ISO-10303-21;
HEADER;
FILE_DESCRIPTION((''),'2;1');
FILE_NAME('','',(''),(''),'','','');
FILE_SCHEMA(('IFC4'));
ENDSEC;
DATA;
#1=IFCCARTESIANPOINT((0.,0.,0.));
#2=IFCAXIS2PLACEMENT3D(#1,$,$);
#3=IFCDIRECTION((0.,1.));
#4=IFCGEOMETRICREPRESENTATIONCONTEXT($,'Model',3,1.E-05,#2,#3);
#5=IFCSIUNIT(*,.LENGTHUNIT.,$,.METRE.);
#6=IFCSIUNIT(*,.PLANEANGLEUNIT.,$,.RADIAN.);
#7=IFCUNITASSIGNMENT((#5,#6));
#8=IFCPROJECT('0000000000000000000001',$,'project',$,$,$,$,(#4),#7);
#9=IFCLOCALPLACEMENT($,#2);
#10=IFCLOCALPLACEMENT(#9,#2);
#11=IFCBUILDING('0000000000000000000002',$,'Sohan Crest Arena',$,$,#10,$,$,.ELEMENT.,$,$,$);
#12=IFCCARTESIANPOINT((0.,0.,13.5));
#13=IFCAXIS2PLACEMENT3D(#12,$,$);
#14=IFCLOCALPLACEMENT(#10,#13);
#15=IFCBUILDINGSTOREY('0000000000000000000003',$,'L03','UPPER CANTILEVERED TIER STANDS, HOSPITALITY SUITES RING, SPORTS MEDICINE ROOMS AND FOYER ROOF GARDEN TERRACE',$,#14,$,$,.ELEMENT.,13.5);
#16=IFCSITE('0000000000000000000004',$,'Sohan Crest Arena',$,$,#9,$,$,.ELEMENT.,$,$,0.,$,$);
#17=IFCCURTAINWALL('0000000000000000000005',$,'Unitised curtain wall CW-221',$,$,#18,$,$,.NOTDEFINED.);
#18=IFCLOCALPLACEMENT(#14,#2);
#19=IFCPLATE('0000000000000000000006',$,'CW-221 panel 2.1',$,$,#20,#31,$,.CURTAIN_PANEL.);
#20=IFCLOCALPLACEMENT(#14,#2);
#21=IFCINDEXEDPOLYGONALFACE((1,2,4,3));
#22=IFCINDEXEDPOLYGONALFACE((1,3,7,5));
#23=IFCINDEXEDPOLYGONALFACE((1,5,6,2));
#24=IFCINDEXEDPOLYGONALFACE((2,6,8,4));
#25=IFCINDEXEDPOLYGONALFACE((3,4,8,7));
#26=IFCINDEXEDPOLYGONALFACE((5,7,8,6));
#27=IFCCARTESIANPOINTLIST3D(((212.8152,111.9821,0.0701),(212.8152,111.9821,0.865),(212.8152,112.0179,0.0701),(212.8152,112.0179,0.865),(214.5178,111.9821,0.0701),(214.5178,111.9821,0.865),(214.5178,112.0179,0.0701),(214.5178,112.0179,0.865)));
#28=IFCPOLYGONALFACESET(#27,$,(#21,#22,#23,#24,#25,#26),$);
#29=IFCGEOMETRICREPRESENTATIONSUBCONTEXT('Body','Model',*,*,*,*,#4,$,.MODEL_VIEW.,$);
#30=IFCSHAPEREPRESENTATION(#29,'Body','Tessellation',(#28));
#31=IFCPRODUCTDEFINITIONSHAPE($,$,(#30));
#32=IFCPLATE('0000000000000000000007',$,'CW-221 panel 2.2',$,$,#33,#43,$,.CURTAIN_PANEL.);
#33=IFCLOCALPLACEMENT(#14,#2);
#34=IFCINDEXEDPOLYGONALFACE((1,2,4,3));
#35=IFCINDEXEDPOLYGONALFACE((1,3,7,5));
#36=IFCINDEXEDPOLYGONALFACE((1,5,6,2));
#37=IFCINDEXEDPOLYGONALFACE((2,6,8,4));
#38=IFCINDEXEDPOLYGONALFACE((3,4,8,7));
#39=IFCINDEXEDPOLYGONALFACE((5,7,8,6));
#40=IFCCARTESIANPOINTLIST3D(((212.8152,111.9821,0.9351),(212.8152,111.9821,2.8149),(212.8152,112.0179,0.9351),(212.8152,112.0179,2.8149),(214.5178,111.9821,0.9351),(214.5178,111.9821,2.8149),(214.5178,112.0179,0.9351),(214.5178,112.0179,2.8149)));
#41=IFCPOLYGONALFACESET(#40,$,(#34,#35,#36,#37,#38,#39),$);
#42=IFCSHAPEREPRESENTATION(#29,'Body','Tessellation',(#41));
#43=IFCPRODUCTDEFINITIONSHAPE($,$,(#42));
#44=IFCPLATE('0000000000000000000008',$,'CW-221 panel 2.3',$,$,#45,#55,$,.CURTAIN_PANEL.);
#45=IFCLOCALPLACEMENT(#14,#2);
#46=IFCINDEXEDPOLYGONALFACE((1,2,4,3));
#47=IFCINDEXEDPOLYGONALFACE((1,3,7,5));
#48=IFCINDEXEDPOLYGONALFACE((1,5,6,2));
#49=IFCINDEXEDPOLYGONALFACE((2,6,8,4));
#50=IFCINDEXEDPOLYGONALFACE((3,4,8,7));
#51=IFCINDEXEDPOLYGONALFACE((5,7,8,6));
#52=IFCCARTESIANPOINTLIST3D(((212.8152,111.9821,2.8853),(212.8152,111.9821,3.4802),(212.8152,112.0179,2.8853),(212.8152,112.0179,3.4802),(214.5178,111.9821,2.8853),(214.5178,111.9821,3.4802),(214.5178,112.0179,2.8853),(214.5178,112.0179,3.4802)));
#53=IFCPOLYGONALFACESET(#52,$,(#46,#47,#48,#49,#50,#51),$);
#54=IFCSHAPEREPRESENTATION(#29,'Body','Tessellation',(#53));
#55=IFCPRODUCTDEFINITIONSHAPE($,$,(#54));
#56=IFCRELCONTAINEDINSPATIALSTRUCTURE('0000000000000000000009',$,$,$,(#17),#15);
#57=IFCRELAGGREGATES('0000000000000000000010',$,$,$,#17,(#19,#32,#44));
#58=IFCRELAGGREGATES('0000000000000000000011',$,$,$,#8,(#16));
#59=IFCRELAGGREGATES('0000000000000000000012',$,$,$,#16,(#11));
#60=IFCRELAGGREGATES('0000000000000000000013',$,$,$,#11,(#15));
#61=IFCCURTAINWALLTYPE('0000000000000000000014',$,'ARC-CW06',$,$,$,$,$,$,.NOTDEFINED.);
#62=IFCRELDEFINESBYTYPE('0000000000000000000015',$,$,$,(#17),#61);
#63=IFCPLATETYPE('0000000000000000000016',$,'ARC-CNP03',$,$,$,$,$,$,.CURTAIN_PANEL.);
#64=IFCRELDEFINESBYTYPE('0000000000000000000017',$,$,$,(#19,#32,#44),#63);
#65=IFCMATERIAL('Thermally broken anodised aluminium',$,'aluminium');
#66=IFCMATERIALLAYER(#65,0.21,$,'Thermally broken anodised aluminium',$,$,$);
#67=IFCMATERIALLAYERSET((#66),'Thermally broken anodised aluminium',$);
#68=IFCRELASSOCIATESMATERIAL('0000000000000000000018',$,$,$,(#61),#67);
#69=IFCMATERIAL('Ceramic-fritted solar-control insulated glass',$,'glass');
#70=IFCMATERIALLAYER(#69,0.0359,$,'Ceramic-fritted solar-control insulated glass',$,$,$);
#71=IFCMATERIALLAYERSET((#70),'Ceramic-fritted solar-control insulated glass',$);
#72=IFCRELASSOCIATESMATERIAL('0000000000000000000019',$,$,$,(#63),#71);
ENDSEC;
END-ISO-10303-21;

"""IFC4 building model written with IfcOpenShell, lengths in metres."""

from ifc_helpers import new_model, si_unit, direction, frame, origin, origin_2d, place, context, subcontext, project, spatial, rectangle, extrude, material, layer, layer_set, type_object, element, aggregate, save


model = new_model("IFC4")

# Units and contexts
model_context = context("Model", 3, precision=1e-05, world=origin(), true_north=direction((0.0, 1.0)))
body_context = subcontext(model_context, "Body", "Model", "MODEL_VIEW")
ifc_project = project(units=[si_unit("LENGTHUNIT", "METRE"), si_unit("PLANEANGLEUNIT", "RADIAN")], contexts=[model_context])

# Site, building, storey
site_placement = place(None, origin())
site = spatial("IfcSite", under=ifc_project, at=site_placement, Name="Sohan Crest Arena", CompositionType="ELEMENT", RefElevation=0.0)
building_placement = place(site_placement, origin())
building = spatial("IfcBuilding", under=site, at=building_placement, Name="Sohan Crest Arena", CompositionType="ELEMENT")
storey_placement = place(building_placement, frame((0.0, 0.0, 13.5)))
storey = spatial("IfcBuildingStorey", under=building, at=storey_placement, Name="L03", Description="UPPER CANTILEVERED TIER STANDS, HOSPITALITY SUITES RING, SPORTS MEDICINE ROOMS AND FOYER ROOF GARDEN TERRACE", CompositionType="ELEMENT", Elevation=13.5)

# Curtain wall
ifc_material_1 = material(Name="Thermally broken anodised aluminium", Category="aluminium")
ifc_layer_1 = layer(ifc_material_1, 0.21, Name="Thermally broken anodised aluminium")
ifc_layer_set_1 = layer_set([ifc_layer_1], Name="Thermally broken anodised aluminium")
curtain_wall_type = type_object("IfcCurtainWallType", Name="ARC-CW06", PredefinedType="NOTDEFINED", material=ifc_layer_set_1)
curtain_wall_1_placement = place(storey_placement, origin())
curtain_wall_1 = element("IfcCurtainWall", 1, at=curtain_wall_1_placement, inside=storey, type_object=curtain_wall_type, Name="Unitised curtain wall CW-221", PredefinedType="NOTDEFINED")

# Plates
ifc_material_2 = material(Name="Ceramic-fritted solar-control insulated glass", Category="glass")
ifc_layer_2 = layer(ifc_material_2, 0.0359, Name="Ceramic-fritted solar-control insulated glass")
ifc_layer_set_2 = layer_set([ifc_layer_2], Name="Ceramic-fritted solar-control insulated glass")
plate_type = type_object("IfcPlateType", Name="ARC-CNP03", PredefinedType="CURTAIN_PANEL", material=ifc_layer_set_2)
plate_1_placement = place(storey_placement, frame((213.6665, 112.0, 0.0701), z_axis=(0.0, 0.0, 1.0), x_axis=(-1.0, 0.0, 0.0)))
plate_1 = element("IfcPlate", 2, at=plate_1_placement, type_object=plate_type, Name="CW-221 panel 2.1", PredefinedType="CURTAIN_PANEL", context=body_context, shape_type="SweptSolid", body=[
    extrude(rectangle(XDim=1.7026, YDim=0.0359, at=origin_2d()), origin(), (0.0, 0.0, 1.0), 0.7949),
])
plate_2_placement = place(storey_placement, frame((213.6665, 112.0, 0.9351), z_axis=(0.0, 0.0, 1.0), x_axis=(-1.0, 0.0, 0.0)))
plate_2 = element("IfcPlate", 3, at=plate_2_placement, type_object=plate_type, Name="CW-221 panel 2.2", PredefinedType="CURTAIN_PANEL", context=body_context, shape_type="SweptSolid", body=[
    extrude(rectangle(XDim=1.7026, YDim=0.0359, at=origin_2d()), origin(), (0.0, 0.0, 1.0), 1.8799),
])
plate_3_placement = place(storey_placement, frame((213.6665, 112.0, 2.8853), z_axis=(0.0, 0.0, 1.0), x_axis=(-1.0, 0.0, 0.0)))
plate_3 = element("IfcPlate", 4, at=plate_3_placement, type_object=plate_type, Name="CW-221 panel 2.3", PredefinedType="CURTAIN_PANEL", context=body_context, shape_type="SweptSolid", body=[
    extrude(rectangle(XDim=1.7026, YDim=0.0359, at=origin_2d()), origin(), (0.0, 0.0, 1.0), 0.595),
])
aggregate(curtain_wall_1, [plate_1, plate_2, plate_3])

save(model, "model.ifc")
